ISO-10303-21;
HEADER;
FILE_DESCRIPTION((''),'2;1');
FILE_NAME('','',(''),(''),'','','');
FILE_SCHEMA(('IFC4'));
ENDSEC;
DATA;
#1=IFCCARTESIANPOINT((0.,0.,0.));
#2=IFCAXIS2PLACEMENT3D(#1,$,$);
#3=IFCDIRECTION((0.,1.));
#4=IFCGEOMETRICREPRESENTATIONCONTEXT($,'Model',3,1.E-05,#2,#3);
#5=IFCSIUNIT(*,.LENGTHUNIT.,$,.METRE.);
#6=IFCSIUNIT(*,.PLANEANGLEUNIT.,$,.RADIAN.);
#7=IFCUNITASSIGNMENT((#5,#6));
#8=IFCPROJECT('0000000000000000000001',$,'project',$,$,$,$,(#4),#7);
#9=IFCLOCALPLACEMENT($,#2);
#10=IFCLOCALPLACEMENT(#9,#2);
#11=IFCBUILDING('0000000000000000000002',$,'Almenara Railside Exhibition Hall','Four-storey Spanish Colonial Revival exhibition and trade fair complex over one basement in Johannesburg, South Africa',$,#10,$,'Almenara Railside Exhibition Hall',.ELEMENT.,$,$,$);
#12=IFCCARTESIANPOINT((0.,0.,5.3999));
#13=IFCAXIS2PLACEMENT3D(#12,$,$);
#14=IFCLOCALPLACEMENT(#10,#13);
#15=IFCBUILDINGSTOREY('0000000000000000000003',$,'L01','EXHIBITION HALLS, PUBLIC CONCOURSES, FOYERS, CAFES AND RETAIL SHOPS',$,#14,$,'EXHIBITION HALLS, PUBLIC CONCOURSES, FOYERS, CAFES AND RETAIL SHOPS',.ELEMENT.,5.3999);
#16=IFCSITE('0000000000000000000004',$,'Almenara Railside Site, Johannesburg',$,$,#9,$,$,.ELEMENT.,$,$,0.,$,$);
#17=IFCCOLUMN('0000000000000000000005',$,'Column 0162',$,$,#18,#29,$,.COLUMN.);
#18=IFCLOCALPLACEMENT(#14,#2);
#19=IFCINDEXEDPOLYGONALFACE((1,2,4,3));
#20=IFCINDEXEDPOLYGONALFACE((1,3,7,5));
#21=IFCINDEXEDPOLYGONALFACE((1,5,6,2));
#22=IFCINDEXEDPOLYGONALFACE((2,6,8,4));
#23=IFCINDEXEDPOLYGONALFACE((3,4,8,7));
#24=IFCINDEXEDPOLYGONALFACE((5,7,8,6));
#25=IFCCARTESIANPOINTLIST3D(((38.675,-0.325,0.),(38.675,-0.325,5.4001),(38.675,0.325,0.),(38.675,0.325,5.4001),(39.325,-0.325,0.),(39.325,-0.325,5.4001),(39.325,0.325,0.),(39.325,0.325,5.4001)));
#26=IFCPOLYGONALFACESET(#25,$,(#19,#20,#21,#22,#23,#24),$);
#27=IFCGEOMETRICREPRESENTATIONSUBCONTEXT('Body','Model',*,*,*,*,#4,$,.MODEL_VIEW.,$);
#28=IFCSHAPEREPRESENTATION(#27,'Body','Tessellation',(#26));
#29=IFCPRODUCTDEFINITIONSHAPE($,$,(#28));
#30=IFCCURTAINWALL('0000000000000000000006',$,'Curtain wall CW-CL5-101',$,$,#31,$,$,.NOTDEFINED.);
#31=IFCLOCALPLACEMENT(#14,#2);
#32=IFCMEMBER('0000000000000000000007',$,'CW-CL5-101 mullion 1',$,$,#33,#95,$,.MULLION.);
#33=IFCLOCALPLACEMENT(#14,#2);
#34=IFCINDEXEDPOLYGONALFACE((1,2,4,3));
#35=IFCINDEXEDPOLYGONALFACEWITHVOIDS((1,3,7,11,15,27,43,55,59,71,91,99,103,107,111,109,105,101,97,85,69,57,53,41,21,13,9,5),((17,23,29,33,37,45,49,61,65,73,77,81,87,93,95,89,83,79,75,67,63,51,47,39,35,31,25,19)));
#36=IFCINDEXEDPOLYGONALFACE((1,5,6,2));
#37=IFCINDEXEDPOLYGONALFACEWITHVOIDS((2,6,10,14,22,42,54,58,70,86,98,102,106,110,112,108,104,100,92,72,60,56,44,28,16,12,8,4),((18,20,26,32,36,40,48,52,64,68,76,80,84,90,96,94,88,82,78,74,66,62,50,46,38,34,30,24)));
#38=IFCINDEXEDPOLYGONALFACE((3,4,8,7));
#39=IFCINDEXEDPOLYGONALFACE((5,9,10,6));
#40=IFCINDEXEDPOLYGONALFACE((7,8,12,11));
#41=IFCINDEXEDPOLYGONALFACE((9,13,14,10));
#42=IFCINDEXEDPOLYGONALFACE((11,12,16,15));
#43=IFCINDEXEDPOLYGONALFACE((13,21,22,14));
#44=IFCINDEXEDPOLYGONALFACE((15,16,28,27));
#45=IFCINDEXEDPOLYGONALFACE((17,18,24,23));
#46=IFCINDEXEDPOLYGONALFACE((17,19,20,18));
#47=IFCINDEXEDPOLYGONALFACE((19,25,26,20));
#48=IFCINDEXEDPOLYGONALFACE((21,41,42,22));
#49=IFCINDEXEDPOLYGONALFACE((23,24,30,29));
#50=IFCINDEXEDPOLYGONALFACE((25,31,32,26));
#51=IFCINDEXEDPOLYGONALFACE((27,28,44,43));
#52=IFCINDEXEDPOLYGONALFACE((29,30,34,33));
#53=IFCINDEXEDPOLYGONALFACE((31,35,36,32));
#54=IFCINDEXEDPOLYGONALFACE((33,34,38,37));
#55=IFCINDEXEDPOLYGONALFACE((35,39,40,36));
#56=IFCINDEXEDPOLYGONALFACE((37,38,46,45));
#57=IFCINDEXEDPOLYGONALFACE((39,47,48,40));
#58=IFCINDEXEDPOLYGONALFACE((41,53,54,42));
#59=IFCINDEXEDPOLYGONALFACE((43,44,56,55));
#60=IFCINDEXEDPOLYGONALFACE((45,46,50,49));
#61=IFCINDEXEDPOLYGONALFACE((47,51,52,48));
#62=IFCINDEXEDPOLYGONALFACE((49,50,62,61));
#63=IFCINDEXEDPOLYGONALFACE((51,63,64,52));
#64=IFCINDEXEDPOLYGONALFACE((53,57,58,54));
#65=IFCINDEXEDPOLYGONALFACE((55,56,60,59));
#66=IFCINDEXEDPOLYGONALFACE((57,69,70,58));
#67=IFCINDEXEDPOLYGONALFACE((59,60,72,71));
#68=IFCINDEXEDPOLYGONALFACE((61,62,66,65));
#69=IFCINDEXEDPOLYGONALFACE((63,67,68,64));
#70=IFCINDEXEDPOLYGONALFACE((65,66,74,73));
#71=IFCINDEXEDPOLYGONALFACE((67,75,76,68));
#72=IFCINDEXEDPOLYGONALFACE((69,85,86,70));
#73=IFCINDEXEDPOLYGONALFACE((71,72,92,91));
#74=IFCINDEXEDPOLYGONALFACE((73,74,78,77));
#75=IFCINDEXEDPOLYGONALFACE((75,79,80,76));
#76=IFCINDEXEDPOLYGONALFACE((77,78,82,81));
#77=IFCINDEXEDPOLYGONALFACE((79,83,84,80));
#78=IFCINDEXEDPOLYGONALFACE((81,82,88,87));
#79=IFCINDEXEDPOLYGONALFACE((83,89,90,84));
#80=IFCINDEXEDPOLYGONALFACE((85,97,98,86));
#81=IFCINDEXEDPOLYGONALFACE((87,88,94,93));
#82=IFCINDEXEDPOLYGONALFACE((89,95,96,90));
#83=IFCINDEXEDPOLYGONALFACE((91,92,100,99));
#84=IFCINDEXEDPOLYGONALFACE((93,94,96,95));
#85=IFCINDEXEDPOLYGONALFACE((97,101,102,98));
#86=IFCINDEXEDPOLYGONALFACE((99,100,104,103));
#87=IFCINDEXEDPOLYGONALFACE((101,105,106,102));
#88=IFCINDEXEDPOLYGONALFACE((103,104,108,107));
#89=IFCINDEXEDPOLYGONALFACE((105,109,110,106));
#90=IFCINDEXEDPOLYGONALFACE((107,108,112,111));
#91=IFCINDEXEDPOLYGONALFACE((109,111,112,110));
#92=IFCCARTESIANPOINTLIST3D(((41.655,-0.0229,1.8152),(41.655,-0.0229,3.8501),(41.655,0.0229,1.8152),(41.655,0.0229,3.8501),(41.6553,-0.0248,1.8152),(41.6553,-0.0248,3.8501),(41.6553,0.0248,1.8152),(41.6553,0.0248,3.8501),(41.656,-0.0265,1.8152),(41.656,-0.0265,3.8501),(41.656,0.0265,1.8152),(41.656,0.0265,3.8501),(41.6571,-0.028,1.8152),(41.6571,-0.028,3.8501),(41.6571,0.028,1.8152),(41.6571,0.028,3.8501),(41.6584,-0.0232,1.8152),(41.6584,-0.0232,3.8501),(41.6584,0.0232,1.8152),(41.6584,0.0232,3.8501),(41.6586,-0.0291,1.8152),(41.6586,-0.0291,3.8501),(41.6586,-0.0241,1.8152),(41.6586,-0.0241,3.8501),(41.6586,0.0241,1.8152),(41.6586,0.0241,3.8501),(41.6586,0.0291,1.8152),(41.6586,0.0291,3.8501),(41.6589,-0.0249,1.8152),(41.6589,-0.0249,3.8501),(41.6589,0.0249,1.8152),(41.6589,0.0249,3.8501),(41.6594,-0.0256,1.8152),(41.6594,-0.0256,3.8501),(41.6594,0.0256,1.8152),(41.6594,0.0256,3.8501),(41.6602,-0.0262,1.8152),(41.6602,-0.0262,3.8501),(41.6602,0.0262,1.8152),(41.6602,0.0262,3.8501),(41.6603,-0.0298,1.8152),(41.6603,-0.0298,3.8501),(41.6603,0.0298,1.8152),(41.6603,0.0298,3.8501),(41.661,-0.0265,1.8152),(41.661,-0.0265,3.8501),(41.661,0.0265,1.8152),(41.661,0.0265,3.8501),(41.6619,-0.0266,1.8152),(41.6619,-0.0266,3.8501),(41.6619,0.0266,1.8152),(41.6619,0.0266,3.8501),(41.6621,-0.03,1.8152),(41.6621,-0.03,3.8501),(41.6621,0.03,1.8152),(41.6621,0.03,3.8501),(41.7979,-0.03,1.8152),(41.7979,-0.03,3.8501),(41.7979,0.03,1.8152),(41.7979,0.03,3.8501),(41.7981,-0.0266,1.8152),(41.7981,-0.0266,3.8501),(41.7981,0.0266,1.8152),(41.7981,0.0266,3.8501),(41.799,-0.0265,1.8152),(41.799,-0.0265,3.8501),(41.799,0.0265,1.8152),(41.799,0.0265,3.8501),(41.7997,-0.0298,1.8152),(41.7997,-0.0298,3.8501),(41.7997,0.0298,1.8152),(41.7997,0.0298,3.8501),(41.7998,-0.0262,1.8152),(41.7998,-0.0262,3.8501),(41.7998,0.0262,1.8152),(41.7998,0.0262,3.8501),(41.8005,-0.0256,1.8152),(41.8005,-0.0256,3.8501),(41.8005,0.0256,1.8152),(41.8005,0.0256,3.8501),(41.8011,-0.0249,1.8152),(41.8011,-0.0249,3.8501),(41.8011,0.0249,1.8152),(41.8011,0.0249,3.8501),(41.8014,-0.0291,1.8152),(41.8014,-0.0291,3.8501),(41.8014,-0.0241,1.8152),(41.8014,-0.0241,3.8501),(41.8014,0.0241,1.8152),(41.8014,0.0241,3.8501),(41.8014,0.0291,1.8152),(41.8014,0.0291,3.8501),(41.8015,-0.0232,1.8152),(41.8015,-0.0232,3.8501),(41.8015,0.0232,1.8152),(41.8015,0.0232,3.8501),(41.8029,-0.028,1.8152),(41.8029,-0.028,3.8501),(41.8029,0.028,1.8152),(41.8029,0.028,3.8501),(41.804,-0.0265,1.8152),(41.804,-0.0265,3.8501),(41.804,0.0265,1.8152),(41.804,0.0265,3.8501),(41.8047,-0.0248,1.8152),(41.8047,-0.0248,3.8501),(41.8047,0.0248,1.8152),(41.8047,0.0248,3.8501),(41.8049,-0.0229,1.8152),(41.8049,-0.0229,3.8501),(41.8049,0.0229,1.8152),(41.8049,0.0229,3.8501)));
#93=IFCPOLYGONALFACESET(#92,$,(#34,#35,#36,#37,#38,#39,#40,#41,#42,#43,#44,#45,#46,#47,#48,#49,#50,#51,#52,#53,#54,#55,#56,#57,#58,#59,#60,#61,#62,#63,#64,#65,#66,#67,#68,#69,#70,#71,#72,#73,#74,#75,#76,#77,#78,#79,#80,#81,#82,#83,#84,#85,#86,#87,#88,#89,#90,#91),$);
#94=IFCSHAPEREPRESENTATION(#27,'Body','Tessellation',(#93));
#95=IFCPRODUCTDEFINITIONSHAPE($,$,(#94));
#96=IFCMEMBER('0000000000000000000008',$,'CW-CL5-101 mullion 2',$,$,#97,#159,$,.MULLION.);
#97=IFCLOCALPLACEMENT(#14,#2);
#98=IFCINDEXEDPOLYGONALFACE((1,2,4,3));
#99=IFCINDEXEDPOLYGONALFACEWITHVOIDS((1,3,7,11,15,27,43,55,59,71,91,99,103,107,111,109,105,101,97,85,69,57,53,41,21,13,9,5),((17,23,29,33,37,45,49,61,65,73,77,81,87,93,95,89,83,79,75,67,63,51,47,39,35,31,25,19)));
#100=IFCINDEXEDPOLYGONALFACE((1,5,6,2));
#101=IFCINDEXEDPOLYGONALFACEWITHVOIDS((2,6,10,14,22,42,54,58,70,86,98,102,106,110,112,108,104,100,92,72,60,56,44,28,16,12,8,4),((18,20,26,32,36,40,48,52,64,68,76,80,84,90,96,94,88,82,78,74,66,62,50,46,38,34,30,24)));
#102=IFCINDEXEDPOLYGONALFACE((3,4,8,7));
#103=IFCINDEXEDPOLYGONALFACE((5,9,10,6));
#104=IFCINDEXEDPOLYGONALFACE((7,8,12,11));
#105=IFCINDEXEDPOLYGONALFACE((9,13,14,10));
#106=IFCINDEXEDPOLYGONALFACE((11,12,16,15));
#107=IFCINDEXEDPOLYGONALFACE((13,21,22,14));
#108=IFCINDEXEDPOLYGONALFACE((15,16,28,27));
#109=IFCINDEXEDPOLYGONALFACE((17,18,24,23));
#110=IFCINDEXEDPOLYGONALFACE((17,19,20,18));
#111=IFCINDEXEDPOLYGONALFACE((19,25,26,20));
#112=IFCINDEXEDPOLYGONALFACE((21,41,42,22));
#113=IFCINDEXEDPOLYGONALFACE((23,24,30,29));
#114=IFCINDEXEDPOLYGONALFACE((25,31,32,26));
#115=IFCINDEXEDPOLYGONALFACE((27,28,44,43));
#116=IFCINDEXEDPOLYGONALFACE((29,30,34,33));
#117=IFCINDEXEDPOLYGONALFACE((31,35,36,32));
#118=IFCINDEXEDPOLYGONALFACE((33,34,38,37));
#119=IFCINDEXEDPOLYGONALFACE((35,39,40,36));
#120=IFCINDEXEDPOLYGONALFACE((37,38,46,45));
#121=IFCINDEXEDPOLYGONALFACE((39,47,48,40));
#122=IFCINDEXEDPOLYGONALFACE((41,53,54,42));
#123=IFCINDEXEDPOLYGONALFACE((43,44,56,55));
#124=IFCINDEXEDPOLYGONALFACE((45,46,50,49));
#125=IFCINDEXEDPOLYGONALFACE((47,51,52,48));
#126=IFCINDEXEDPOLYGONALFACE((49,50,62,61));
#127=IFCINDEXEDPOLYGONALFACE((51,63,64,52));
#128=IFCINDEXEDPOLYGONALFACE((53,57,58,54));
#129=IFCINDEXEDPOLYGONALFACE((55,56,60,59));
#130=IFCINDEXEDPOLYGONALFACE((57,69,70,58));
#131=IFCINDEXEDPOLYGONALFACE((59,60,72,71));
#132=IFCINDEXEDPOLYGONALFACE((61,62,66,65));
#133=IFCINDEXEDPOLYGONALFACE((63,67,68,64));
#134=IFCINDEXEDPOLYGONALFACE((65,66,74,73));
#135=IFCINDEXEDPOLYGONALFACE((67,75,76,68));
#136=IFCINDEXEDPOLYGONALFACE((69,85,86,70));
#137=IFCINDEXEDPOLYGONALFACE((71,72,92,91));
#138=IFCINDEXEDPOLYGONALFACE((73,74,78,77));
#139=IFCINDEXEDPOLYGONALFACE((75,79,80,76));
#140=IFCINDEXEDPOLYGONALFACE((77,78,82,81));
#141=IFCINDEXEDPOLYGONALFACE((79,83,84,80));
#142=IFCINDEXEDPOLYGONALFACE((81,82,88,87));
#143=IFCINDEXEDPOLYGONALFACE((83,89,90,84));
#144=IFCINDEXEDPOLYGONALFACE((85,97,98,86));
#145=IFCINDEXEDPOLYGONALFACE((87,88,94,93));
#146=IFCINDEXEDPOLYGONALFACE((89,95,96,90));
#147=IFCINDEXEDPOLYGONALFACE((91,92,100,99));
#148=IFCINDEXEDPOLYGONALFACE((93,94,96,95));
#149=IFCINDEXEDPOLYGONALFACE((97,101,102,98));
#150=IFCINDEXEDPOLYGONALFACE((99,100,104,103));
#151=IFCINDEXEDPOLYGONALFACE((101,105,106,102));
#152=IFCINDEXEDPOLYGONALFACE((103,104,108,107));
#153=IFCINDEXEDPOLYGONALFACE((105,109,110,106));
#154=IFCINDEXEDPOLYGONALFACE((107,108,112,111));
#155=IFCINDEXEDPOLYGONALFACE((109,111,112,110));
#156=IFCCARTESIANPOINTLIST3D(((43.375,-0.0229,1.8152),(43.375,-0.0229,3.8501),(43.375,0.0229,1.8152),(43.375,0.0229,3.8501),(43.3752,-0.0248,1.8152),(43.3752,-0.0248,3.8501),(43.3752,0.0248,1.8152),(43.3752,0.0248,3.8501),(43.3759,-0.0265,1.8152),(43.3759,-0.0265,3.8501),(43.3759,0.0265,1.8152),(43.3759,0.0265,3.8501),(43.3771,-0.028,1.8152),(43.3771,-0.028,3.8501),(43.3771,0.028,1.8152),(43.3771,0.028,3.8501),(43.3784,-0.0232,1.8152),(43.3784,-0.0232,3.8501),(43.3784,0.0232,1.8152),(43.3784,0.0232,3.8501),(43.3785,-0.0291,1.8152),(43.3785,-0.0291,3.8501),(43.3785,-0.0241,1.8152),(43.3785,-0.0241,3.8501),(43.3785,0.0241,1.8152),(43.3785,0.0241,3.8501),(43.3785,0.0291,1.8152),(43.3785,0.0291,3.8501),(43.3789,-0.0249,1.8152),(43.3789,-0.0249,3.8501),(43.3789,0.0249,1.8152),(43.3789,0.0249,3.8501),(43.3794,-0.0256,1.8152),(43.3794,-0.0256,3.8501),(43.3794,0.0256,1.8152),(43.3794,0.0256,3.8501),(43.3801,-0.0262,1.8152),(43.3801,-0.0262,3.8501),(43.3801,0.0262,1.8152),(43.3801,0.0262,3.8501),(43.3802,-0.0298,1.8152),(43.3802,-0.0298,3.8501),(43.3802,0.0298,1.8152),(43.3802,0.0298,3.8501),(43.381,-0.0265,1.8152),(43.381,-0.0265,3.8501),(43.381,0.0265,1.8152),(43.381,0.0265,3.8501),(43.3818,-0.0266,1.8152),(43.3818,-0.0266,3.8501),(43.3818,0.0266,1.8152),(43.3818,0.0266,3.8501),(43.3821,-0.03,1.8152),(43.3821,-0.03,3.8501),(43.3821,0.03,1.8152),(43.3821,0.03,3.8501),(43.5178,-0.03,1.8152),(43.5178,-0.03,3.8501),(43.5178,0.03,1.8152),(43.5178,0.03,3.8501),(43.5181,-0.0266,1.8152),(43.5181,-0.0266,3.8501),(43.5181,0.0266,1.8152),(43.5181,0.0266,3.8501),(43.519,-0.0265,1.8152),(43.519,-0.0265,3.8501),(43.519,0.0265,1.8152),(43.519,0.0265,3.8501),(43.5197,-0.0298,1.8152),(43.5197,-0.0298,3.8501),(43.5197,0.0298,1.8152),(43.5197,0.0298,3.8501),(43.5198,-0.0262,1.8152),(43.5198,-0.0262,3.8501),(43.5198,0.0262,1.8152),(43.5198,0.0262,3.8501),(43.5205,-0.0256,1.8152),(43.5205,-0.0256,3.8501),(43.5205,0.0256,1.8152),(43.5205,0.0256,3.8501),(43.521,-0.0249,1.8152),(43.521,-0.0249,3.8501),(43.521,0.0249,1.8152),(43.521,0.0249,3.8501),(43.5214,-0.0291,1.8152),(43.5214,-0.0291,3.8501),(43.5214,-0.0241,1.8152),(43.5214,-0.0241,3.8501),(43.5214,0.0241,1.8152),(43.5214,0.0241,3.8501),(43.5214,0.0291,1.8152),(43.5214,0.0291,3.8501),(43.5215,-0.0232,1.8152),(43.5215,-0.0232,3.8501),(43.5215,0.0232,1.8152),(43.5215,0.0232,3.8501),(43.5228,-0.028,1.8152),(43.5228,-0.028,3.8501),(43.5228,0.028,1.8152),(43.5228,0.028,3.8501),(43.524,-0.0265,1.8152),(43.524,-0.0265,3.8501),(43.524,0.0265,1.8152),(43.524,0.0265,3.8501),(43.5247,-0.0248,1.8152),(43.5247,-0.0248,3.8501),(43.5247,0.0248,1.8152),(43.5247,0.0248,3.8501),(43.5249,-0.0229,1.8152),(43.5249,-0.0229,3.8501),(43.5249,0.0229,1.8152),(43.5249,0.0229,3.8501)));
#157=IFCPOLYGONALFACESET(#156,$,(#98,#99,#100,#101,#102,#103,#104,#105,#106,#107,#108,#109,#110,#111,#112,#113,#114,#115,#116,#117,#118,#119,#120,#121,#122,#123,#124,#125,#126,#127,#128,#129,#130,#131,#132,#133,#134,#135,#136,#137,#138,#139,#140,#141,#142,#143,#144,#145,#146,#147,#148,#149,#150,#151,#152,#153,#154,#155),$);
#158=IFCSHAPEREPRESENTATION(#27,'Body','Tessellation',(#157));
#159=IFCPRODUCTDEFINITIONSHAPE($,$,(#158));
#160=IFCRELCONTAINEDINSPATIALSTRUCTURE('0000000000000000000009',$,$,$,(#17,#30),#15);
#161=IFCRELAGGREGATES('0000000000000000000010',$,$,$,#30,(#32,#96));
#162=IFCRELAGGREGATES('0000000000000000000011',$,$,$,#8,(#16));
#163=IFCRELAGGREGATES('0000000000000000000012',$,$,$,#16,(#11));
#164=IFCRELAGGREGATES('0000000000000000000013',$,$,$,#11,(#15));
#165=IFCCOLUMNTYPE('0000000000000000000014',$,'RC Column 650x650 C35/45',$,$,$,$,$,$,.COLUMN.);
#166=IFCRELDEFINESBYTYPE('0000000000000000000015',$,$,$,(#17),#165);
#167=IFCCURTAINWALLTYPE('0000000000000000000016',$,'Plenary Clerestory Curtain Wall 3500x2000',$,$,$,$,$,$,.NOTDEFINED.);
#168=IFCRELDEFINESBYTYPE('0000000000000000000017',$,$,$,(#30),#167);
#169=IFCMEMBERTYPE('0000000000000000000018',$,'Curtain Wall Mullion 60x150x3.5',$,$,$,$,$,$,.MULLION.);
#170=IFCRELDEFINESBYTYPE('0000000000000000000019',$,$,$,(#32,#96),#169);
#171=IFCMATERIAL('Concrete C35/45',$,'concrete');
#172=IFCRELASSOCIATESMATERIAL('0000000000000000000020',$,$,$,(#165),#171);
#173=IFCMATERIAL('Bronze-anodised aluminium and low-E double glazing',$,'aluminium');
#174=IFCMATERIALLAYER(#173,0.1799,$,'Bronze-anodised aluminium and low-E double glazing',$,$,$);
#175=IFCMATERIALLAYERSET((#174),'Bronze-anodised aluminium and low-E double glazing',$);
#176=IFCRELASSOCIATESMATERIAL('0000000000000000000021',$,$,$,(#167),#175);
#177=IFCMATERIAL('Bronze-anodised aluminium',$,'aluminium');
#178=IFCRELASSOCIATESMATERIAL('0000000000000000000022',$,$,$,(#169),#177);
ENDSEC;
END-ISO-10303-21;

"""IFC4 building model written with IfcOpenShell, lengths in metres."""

from ifc_helpers import new_model, si_unit, direction, frame, origin, origin_2d, place, context, subcontext, project, spatial, rectangle, hollow_rectangle, extrude, material, layer, layer_set, material_profile, profile_set, type_object, element, aggregate, save


model = new_model("IFC4")

# Units and contexts
model_context = context("Model", 3, precision=1e-05, world=origin(), true_north=direction((0.0, 1.0)))
body_context = subcontext(model_context, "Body", "Model", "MODEL_VIEW")
ifc_project = project(units=[si_unit("LENGTHUNIT", "METRE"), si_unit("PLANEANGLEUNIT", "RADIAN")], contexts=[model_context])

# Site, building, storey
site_placement = place(None, origin())
site = spatial("IfcSite", under=ifc_project, at=site_placement, Name="Almenara Railside Site, Johannesburg", CompositionType="ELEMENT", RefElevation=0.0)
building_placement = place(site_placement, origin())
building = spatial("IfcBuilding", under=site, at=building_placement, Name="Almenara Railside Exhibition Hall", Description="Four-storey Spanish Colonial Revival exhibition and trade fair complex over one basement in Johannesburg, South Africa", LongName="Almenara Railside Exhibition Hall", CompositionType="ELEMENT")
storey_placement = place(building_placement, frame((0.0, 0.0, 5.3999)))
storey = spatial("IfcBuildingStorey", under=building, at=storey_placement, Name="L01", Description="EXHIBITION HALLS, PUBLIC CONCOURSES, FOYERS, CAFES AND RETAIL SHOPS", LongName="EXHIBITION HALLS, PUBLIC CONCOURSES, FOYERS, CAFES AND RETAIL SHOPS", CompositionType="ELEMENT", Elevation=5.3999)

# Column
ifc_material_1 = material(Name="Concrete C35/45", Category="concrete")
ifc_material_profile_1 = material_profile(ifc_material_1, rectangle(XDim=0.6499, YDim=0.6499, at=origin_2d()), Name="RC 650x650")
ifc_profile_set_1 = profile_set([ifc_material_profile_1], Name="Concrete C35/45")
column_type = type_object("IfcColumnType", Name="RC Column 650x650 C35/45", PredefinedType="COLUMN", material=ifc_profile_set_1)
column_placement = place(storey_placement, frame((39.0, 0.0, 0.0), z_axis=(0.0, 0.0, 1.0), x_axis=(1.0, 0.0, 0.0)))
element("IfcColumn", 1, at=column_placement, inside=storey, type_object=column_type, Name="Column 0162", PredefinedType="COLUMN", context=body_context, shape_type="SweptSolid", body=[
    extrude(rectangle(XDim=0.6499, YDim=0.6499, at=origin_2d()), origin(), (0.0, 0.0, 1.0), 5.4001),
])

# Curtain wall, members
ifc_material_2 = material(Name="Bronze-anodised aluminium and low-E double glazing", Category="aluminium")
ifc_layer_1 = layer(ifc_material_2, 0.1799, Name="Bronze-anodised aluminium and low-E double glazing")
ifc_layer_set_1 = layer_set([ifc_layer_1], Name="Bronze-anodised aluminium and low-E double glazing")
curtain_wall_type_1 = type_object("IfcCurtainWallType", Name="Plenary Clerestory Curtain Wall 3500x2000", PredefinedType="NOTDEFINED", material=ifc_layer_set_1)
curtain_wall_1_placement = place(storey_placement, origin())
curtain_wall_1 = element("IfcCurtainWall", 2, at=curtain_wall_1_placement, inside=storey, type_object=curtain_wall_type_1, Name="Curtain wall CW-CL5-101", PredefinedType="NOTDEFINED")
ifc_material_3 = material(Name="Bronze-anodised aluminium", Category="aluminium")
ifc_material_profile_2 = material_profile(ifc_material_3, hollow_rectangle(XDim=0.0601, YDim=0.1499, WallThickness=0.0034, InnerFilletRadius=0.0034, OuterFilletRadius=0.0071, at=origin_2d()), Name="ALU-MUL 60x150x3.5")
ifc_profile_set_2 = profile_set([ifc_material_profile_2], Name="Bronze-anodised aluminium")
member_type_1 = type_object("IfcMemberType", Name="Curtain Wall Mullion 60x150x3.5", PredefinedType="MULLION", material=ifc_profile_set_2)
member_1_placement = place(storey_placement, frame((41.73, 0.0, 1.8152), z_axis=(0.0, 0.0, 1.0), x_axis=(0.0, 1.0, 0.0)))
member_1 = element("IfcMember", 3, at=member_1_placement, type_object=member_type_1, Name="CW-CL5-101 mullion 1", PredefinedType="MULLION", context=body_context, shape_type="SweptSolid", body=[
    extrude(hollow_rectangle(XDim=0.0601, YDim=0.1499, WallThickness=0.0034, InnerFilletRadius=0.0034, OuterFilletRadius=0.0071, at=origin_2d()), origin(), (0.0, 0.0, 1.0), 2.0349),
])
member_2_placement = place(storey_placement, frame((43.45, 0.0, 1.8152), z_axis=(0.0, 0.0, 1.0), x_axis=(0.0, 1.0, 0.0)))
member_2 = element("IfcMember", 4, at=member_2_placement, type_object=member_type_1, Name="CW-CL5-101 mullion 2", PredefinedType="MULLION", context=body_context, shape_type="SweptSolid", body=[
    extrude(hollow_rectangle(XDim=0.0601, YDim=0.1499, WallThickness=0.0034, InnerFilletRadius=0.0034, OuterFilletRadius=0.0071, at=origin_2d()), origin(), (0.0, 0.0, 1.0), 2.0349),
])

aggregate(curtain_wall_1, [member_1, member_2])

save(model, "model.ifc")
